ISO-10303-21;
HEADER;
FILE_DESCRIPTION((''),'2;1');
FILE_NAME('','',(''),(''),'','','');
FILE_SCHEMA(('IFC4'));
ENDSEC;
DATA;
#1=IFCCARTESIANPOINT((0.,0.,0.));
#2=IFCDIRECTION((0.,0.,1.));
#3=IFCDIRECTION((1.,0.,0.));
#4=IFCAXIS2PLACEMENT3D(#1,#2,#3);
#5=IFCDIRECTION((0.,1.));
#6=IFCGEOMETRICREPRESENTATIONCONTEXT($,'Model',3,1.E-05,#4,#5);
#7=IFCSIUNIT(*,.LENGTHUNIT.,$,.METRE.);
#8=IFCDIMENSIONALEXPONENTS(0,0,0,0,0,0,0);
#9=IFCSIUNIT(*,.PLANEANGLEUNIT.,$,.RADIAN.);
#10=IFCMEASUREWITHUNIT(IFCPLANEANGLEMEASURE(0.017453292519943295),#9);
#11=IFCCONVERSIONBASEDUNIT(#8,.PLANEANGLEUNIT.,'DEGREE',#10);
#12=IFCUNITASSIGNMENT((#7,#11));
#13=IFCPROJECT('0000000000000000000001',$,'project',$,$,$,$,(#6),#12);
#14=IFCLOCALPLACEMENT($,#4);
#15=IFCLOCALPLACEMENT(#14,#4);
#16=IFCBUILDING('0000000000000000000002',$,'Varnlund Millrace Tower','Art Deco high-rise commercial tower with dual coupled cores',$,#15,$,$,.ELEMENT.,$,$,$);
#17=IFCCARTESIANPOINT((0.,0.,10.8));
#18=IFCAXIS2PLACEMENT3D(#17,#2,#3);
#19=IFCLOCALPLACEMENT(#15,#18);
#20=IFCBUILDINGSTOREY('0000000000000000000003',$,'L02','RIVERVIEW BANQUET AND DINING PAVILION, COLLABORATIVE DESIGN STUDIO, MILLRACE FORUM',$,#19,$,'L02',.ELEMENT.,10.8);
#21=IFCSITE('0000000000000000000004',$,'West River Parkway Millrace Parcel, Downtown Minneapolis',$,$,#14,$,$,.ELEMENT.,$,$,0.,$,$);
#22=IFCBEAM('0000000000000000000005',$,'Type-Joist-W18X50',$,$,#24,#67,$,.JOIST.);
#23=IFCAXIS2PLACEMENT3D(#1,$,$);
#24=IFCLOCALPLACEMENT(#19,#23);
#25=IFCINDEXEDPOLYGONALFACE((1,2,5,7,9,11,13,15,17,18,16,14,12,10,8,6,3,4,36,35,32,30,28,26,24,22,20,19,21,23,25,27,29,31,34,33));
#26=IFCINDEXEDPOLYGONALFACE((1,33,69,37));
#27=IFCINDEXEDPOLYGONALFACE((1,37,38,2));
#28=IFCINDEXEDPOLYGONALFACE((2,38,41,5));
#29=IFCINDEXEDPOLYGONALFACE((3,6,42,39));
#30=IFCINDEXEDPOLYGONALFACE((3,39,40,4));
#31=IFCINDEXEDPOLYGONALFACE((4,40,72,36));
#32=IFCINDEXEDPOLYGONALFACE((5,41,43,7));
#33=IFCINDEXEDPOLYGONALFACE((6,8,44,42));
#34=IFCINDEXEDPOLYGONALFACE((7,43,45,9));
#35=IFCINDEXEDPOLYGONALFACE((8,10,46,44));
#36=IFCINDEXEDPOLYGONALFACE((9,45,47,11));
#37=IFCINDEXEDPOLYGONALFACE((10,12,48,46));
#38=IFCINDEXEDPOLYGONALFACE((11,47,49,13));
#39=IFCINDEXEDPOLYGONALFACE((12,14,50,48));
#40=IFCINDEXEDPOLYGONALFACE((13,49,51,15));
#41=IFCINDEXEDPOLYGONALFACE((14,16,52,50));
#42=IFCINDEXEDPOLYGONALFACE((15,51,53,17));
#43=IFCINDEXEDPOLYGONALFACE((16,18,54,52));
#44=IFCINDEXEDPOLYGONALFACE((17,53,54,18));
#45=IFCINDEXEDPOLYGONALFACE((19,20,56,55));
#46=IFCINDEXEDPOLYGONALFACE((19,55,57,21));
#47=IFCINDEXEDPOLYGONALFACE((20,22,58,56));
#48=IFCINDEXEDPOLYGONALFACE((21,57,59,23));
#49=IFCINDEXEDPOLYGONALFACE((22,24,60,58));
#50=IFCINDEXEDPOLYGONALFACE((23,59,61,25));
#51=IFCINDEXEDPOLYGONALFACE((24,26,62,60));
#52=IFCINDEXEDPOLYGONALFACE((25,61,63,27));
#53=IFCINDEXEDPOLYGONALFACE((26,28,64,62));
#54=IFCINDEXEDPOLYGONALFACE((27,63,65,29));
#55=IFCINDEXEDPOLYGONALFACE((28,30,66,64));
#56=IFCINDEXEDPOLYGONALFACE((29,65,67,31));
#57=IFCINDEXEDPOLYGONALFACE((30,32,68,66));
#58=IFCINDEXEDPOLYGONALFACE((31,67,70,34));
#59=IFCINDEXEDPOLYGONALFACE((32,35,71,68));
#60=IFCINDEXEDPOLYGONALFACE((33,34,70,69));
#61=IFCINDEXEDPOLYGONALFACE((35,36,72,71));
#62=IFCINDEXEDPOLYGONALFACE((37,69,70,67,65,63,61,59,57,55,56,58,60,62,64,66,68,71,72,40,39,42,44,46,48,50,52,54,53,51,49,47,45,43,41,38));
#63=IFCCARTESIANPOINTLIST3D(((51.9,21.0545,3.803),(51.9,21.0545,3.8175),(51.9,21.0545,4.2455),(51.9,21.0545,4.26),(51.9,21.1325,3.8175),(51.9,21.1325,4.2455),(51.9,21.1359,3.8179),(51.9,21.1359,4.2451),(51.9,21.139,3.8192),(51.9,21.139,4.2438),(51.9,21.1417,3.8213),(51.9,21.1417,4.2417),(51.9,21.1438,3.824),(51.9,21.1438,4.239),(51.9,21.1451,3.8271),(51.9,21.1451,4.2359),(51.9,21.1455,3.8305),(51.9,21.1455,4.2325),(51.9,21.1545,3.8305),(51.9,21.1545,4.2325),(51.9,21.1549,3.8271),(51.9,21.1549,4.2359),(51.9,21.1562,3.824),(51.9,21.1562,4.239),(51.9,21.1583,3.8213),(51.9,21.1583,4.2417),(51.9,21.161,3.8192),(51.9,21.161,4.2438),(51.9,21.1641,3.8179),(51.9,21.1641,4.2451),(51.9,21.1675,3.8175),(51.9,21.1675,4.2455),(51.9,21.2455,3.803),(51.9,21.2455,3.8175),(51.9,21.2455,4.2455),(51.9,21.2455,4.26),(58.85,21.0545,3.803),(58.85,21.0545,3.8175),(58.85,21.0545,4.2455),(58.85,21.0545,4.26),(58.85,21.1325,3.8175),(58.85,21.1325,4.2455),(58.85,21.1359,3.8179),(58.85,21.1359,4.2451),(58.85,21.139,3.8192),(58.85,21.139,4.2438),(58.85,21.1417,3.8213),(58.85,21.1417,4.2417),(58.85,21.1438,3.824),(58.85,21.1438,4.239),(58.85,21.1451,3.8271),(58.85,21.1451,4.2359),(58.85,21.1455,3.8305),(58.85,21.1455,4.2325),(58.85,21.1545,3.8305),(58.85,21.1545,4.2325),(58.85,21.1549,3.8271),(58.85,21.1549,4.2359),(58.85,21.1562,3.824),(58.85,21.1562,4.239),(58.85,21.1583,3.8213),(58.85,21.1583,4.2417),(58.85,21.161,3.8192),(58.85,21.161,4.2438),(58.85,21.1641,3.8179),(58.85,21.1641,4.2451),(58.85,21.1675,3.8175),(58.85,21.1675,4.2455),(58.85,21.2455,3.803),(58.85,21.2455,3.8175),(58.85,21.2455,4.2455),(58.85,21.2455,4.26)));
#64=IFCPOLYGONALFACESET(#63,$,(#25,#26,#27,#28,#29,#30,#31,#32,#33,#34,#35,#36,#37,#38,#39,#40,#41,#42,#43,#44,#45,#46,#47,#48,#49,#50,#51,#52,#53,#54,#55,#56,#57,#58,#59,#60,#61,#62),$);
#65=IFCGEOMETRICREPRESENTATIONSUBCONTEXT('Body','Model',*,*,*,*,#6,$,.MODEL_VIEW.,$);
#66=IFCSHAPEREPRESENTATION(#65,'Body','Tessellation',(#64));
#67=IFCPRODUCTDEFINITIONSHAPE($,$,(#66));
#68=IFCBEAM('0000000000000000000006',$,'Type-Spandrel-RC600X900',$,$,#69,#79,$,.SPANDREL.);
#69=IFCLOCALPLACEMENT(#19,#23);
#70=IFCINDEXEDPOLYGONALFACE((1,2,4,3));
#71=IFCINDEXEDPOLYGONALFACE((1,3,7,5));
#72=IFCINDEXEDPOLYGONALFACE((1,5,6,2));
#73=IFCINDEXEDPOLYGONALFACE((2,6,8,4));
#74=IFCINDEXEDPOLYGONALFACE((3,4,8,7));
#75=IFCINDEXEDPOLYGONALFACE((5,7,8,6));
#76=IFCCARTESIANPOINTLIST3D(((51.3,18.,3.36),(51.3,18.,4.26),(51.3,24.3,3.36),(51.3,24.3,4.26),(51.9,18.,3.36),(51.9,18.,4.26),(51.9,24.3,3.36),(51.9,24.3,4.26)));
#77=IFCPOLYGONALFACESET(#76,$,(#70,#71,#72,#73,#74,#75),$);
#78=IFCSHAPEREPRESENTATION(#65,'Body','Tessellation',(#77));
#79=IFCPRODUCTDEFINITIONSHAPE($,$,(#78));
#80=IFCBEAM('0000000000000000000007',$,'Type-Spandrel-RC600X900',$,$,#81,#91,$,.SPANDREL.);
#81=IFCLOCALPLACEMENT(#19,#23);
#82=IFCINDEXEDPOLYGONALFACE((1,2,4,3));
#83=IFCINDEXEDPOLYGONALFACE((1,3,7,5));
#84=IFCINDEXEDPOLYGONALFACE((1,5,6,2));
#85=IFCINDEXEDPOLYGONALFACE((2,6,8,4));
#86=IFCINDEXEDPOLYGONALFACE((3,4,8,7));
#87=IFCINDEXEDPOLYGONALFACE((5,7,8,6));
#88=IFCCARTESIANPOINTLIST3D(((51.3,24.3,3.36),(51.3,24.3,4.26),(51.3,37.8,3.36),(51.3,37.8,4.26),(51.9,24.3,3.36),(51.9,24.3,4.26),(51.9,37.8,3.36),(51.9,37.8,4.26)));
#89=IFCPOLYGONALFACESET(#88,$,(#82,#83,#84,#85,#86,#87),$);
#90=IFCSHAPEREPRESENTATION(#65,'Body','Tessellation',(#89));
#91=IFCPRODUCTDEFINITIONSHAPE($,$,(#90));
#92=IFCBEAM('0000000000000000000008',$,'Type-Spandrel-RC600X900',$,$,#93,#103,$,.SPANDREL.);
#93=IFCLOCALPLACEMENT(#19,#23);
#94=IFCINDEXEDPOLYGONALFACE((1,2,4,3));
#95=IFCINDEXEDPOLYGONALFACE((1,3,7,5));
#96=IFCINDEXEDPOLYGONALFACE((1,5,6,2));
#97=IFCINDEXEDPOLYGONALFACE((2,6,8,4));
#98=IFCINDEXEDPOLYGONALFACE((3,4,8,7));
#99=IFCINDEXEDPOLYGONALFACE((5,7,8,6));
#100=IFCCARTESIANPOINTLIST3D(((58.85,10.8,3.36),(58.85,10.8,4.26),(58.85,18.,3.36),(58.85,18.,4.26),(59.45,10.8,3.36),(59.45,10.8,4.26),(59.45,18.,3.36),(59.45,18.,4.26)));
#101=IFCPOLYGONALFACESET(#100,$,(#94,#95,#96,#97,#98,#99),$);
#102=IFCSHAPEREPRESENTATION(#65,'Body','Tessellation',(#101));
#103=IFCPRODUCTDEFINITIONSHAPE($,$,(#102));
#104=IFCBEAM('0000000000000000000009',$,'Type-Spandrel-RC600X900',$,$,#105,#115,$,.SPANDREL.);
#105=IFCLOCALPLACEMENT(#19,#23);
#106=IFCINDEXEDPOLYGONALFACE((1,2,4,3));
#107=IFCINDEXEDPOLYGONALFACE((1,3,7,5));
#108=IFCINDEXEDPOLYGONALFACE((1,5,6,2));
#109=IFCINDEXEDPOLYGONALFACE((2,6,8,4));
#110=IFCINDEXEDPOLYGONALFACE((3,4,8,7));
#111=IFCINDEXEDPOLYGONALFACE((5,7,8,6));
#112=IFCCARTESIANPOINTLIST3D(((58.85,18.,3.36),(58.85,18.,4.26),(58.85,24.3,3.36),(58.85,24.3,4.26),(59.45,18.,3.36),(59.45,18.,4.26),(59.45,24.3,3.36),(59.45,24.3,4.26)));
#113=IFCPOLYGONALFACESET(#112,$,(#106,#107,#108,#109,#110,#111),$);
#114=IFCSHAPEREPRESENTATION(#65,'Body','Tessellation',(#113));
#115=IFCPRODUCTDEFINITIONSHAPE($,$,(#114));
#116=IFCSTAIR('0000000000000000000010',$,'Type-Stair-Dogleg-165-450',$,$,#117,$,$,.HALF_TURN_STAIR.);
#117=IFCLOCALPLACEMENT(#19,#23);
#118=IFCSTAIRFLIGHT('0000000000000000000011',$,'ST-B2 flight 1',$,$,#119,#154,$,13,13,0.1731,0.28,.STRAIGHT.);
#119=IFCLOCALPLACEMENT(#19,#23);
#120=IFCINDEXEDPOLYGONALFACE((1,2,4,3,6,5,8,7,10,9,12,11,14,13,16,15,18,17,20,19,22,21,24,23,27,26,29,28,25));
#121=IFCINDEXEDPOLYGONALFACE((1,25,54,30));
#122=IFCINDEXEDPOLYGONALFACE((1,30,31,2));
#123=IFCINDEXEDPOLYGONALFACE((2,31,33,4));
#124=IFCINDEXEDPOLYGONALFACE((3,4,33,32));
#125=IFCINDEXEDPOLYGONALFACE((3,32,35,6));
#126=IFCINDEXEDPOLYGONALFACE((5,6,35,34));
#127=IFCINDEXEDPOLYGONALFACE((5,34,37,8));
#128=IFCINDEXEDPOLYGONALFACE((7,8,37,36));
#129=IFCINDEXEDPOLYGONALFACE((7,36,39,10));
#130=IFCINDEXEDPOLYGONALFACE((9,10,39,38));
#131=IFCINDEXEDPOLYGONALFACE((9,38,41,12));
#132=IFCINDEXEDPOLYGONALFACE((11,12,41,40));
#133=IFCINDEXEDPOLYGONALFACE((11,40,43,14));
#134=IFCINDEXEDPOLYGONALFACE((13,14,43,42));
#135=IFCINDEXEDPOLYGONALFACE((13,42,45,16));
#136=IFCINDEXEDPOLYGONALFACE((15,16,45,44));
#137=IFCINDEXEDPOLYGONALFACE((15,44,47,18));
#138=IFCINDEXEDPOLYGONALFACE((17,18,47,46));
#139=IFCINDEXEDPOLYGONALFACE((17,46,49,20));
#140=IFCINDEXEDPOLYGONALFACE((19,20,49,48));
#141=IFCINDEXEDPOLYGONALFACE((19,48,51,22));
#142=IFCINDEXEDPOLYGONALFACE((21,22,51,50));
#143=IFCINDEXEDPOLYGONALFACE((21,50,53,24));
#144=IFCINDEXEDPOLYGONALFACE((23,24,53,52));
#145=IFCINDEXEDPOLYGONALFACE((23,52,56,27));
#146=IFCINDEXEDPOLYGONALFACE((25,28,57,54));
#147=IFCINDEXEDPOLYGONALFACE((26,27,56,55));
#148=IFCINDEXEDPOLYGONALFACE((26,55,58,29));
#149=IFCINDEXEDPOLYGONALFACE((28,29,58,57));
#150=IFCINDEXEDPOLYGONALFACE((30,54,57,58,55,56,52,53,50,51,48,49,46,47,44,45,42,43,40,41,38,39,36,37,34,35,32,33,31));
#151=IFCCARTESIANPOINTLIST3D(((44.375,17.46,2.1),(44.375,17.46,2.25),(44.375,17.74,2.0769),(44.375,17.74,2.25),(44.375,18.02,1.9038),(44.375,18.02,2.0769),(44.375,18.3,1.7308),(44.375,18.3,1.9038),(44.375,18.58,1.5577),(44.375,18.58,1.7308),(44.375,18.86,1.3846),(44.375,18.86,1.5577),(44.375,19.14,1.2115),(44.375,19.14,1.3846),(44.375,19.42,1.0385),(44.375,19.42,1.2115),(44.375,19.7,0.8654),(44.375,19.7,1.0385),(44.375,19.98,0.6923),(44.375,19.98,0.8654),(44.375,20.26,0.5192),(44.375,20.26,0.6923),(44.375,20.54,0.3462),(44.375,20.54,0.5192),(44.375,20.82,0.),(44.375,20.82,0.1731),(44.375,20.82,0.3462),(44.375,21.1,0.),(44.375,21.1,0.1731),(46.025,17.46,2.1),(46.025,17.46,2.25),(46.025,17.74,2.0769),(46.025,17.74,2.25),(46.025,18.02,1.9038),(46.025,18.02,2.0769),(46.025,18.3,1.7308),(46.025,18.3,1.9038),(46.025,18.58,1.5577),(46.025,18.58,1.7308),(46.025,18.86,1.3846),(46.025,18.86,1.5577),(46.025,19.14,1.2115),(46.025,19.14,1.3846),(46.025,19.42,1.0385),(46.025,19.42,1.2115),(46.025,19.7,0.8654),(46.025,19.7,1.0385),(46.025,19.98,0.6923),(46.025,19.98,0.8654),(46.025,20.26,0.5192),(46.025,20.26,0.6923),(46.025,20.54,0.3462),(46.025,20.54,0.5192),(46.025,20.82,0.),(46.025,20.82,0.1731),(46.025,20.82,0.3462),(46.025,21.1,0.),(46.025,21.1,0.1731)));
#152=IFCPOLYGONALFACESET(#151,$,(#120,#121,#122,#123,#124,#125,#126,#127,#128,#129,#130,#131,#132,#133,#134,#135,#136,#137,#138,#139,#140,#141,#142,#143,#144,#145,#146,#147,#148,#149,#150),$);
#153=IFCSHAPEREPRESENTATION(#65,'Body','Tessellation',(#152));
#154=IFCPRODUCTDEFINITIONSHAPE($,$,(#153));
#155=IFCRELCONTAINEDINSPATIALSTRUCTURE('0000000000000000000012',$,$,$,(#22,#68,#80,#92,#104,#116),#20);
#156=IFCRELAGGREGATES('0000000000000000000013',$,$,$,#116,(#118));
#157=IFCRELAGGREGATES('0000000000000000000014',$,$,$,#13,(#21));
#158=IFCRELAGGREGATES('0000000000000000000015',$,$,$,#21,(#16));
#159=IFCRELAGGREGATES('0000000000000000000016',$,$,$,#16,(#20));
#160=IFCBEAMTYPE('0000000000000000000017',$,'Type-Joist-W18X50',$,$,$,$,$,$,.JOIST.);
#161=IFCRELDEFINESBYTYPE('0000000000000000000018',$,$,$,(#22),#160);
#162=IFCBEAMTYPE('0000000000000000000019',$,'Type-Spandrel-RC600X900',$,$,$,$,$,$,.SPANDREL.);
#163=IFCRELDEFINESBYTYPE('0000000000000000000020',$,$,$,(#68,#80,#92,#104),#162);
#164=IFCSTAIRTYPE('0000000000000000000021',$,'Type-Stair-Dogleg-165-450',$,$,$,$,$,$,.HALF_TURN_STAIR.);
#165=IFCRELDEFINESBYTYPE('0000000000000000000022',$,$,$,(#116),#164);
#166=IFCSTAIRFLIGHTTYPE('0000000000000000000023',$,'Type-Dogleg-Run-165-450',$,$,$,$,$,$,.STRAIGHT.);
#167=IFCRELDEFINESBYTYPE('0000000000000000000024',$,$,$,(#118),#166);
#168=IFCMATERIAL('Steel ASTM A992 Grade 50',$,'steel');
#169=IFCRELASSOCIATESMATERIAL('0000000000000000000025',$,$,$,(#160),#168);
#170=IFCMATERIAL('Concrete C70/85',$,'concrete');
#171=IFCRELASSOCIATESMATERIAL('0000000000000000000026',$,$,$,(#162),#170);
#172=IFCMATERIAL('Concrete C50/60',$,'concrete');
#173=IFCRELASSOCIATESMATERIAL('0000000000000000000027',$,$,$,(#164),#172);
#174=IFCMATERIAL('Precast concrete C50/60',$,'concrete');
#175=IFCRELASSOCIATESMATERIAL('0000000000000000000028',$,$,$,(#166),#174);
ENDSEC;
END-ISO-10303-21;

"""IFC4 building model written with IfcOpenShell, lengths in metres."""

from ifc_helpers import new_model, entity, si_unit, converted_unit, direction, frame, origin_with_axes, origin_2d_with_axis, place, context, subcontext, project, spatial, polyline, rectangle, i_section, outline, extrude, material, material_profile, profile_set, type_object, element, aggregate, save


model = new_model("IFC4")

# Units and contexts
model_context = context("Model", 3, precision=1e-05, world=origin_with_axes(), true_north=direction((0.0, 1.0)))
body_context = subcontext(model_context, "Body", "Model", "MODEL_VIEW")
ifc_project = project(units=[si_unit("LENGTHUNIT", "METRE"), converted_unit("PLANEANGLEUNIT", "DEGREE", entity("IfcPlaneAngleMeasure", 0.017453292519943295), si_unit("PLANEANGLEUNIT", "RADIAN"), dimensions=[0, 0, 0, 0, 0, 0, 0])], contexts=[model_context])

# Site, building, storey
site_placement = place(None, origin_with_axes())
site = spatial("IfcSite", under=ifc_project, at=site_placement, Name="West River Parkway Millrace Parcel, Downtown Minneapolis", CompositionType="ELEMENT", RefElevation=0.0)
building_placement = place(site_placement, origin_with_axes())
building = spatial("IfcBuilding", under=site, at=building_placement, Name="Varnlund Millrace Tower", Description="Art Deco high-rise commercial tower with dual coupled cores", CompositionType="ELEMENT")
storey_placement = place(building_placement, frame((0.0, 0.0, 10.8), z_axis=(0.0, 0.0, 1.0), x_axis=(1.0, 0.0, 0.0)))
storey = spatial("IfcBuildingStorey", under=building, at=storey_placement, Name="L02", Description="RIVERVIEW BANQUET AND DINING PAVILION, COLLABORATIVE DESIGN STUDIO, MILLRACE FORUM", LongName="L02", CompositionType="ELEMENT", Elevation=10.8)

# Beams
ifc_material_1 = material(Name="Steel ASTM A992 Grade 50", Category="steel")
ifc_material_profile_1 = material_profile(ifc_material_1, i_section(OverallWidth=0.191, OverallDepth=0.457, WebThickness=0.009, FlangeThickness=0.0145, FilletRadius=0.013, at=origin_2d_with_axis()), Name="Steel ASTM A992 Grade 50")
ifc_profile_set_1 = profile_set([ifc_material_profile_1], Name="Steel ASTM A992 Grade 50")
beam_type_1 = type_object("IfcBeamType", Name="Type-Joist-W18X50", PredefinedType="JOIST", material=ifc_profile_set_1)
for number, where, z_axis, x_axis, name in (
    (1, (51.9, 21.15, 4.0315), (1.0, 0.0, 0.0), (0.0, 1.0, 0.0), "Type-Joist-W18X50"),
):
    element("IfcBeam", number, at=place(storey_placement, frame(where, z_axis=z_axis, x_axis=x_axis)), inside=storey, type_object=beam_type_1, Name=name, PredefinedType="JOIST", context=body_context, shape_type="SweptSolid", body=[
        extrude(i_section(OverallWidth=0.191, OverallDepth=0.457, WebThickness=0.009, FlangeThickness=0.0145, FilletRadius=0.013, at=origin_2d_with_axis()), origin_with_axes(), (0.0, 0.0, 1.0), 6.95),
    ])
ifc_material_2 = material(Name="Concrete C70/85", Category="concrete")
ifc_material_profile_2 = material_profile(ifc_material_2, rectangle(XDim=0.6, YDim=0.9, at=origin_2d_with_axis()), Name="Concrete C70/85")
ifc_profile_set_2 = profile_set([ifc_material_profile_2], Name="Concrete C70/85")
beam_type_2 = type_object("IfcBeamType", Name="Type-Spandrel-RC600X900", PredefinedType="SPANDREL", material=ifc_profile_set_2)
beam_1_placement = place(storey_placement, frame((51.6, 18.0, 3.81), z_axis=(0.0, 1.0, 0.0), x_axis=(-1.0, 0.0, 0.0)))
element("IfcBeam", 2, at=beam_1_placement, inside=storey, type_object=beam_type_2, Name="Type-Spandrel-RC600X900", PredefinedType="SPANDREL", context=body_context, shape_type="SweptSolid", body=[
    extrude(rectangle(XDim=0.6, YDim=0.9, at=origin_2d_with_axis()), origin_with_axes(), (0.0, 0.0, 1.0), 6.3),
])
beam_2_placement = place(storey_placement, frame((51.6, 24.3, 3.81), z_axis=(0.0, 1.0, 0.0), x_axis=(-1.0, 0.0, 0.0)))
element("IfcBeam", 3, at=beam_2_placement, inside=storey, type_object=beam_type_2, Name="Type-Spandrel-RC600X900", PredefinedType="SPANDREL", context=body_context, shape_type="SweptSolid", body=[
    extrude(rectangle(XDim=0.6, YDim=0.9, at=origin_2d_with_axis()), origin_with_axes(), (0.0, 0.0, 1.0), 13.5),
])
beam_3_placement = place(storey_placement, frame((59.15, 10.8, 3.81), z_axis=(0.0, 1.0, 0.0), x_axis=(-1.0, 0.0, 0.0)))
element("IfcBeam", 4, at=beam_3_placement, inside=storey, type_object=beam_type_2, Name="Type-Spandrel-RC600X900", PredefinedType="SPANDREL", context=body_context, shape_type="SweptSolid", body=[
    extrude(rectangle(XDim=0.6, YDim=0.9, at=origin_2d_with_axis()), origin_with_axes(), (0.0, 0.0, 1.0), 7.2),
])
beam_4_placement = place(storey_placement, frame((59.15, 18.0, 3.81), z_axis=(0.0, 1.0, 0.0), x_axis=(-1.0, 0.0, 0.0)))
element("IfcBeam", 5, at=beam_4_placement, inside=storey, type_object=beam_type_2, Name="Type-Spandrel-RC600X900", PredefinedType="SPANDREL", context=body_context, shape_type="SweptSolid", body=[
    extrude(rectangle(XDim=0.6, YDim=0.9, at=origin_2d_with_axis()), origin_with_axes(), (0.0, 0.0, 1.0), 6.3),
])

# Stair, stair flight
ifc_material_3 = material(Name="Concrete C50/60", Category="concrete")
stair_type = type_object("IfcStairType", Name="Type-Stair-Dogleg-165-450", PredefinedType="HALF_TURN_STAIR", material=ifc_material_3)
stair_placement = place(storey_placement, origin_with_axes())
stair = element("IfcStair", 6, at=stair_placement, inside=storey, type_object=stair_type, Name="Type-Stair-Dogleg-165-450", PredefinedType="HALF_TURN_STAIR")
ifc_material_4 = material(Name="Precast concrete C50/60", Category="concrete")
stair_flight_type = type_object("IfcStairFlightType", Name="Type-Dogleg-Run-165-450", PredefinedType="STRAIGHT", material=ifc_material_4)
stair_flight_placement = place(storey_placement, frame((46.025, 21.1, 0.0), z_axis=(-1.0, 0.0, 0.0), x_axis=(0.0, -1.0, 0.0)))
stair_flight = element("IfcStairFlight", 7, at=stair_flight_placement, type_object=stair_flight_type, Name="ST-B2 flight 1", NumberOfRisers=13, NumberOfTreads=13, PredefinedType="STRAIGHT", RiserHeight=0.1731, TreadLength=0.28, context=body_context, shape_type="SweptSolid", body=[
    extrude(outline(polyline([(0.0, 0.0), (0.0, 0.1731), (0.28, 0.1731), (0.28, 0.3462), (0.56, 0.3462), (0.56, 0.5192), (0.84, 0.5192), (0.84, 0.6923), (1.12, 0.6923), (1.12, 0.8654), (1.4, 0.8654), (1.4, 1.0385), (1.68, 1.0385), (1.68, 1.2115), (1.96, 1.2115), (1.96, 1.3846), (2.24, 1.3846), (2.24, 1.5577), (2.52, 1.5577), (2.52, 1.7308), (2.8, 1.7308), (2.8, 1.9038), (3.08, 1.9038), (3.08, 2.0769), (3.36, 2.0769), (3.36, 2.25), (3.64, 2.25), (3.64, 2.1), (0.28, 0.0), (0.0, 0.0)])), origin_with_axes(), (0.0, 0.0, 1.0), 1.65),
])
aggregate(stair, [stair_flight])

save(model, "model.ifc")
